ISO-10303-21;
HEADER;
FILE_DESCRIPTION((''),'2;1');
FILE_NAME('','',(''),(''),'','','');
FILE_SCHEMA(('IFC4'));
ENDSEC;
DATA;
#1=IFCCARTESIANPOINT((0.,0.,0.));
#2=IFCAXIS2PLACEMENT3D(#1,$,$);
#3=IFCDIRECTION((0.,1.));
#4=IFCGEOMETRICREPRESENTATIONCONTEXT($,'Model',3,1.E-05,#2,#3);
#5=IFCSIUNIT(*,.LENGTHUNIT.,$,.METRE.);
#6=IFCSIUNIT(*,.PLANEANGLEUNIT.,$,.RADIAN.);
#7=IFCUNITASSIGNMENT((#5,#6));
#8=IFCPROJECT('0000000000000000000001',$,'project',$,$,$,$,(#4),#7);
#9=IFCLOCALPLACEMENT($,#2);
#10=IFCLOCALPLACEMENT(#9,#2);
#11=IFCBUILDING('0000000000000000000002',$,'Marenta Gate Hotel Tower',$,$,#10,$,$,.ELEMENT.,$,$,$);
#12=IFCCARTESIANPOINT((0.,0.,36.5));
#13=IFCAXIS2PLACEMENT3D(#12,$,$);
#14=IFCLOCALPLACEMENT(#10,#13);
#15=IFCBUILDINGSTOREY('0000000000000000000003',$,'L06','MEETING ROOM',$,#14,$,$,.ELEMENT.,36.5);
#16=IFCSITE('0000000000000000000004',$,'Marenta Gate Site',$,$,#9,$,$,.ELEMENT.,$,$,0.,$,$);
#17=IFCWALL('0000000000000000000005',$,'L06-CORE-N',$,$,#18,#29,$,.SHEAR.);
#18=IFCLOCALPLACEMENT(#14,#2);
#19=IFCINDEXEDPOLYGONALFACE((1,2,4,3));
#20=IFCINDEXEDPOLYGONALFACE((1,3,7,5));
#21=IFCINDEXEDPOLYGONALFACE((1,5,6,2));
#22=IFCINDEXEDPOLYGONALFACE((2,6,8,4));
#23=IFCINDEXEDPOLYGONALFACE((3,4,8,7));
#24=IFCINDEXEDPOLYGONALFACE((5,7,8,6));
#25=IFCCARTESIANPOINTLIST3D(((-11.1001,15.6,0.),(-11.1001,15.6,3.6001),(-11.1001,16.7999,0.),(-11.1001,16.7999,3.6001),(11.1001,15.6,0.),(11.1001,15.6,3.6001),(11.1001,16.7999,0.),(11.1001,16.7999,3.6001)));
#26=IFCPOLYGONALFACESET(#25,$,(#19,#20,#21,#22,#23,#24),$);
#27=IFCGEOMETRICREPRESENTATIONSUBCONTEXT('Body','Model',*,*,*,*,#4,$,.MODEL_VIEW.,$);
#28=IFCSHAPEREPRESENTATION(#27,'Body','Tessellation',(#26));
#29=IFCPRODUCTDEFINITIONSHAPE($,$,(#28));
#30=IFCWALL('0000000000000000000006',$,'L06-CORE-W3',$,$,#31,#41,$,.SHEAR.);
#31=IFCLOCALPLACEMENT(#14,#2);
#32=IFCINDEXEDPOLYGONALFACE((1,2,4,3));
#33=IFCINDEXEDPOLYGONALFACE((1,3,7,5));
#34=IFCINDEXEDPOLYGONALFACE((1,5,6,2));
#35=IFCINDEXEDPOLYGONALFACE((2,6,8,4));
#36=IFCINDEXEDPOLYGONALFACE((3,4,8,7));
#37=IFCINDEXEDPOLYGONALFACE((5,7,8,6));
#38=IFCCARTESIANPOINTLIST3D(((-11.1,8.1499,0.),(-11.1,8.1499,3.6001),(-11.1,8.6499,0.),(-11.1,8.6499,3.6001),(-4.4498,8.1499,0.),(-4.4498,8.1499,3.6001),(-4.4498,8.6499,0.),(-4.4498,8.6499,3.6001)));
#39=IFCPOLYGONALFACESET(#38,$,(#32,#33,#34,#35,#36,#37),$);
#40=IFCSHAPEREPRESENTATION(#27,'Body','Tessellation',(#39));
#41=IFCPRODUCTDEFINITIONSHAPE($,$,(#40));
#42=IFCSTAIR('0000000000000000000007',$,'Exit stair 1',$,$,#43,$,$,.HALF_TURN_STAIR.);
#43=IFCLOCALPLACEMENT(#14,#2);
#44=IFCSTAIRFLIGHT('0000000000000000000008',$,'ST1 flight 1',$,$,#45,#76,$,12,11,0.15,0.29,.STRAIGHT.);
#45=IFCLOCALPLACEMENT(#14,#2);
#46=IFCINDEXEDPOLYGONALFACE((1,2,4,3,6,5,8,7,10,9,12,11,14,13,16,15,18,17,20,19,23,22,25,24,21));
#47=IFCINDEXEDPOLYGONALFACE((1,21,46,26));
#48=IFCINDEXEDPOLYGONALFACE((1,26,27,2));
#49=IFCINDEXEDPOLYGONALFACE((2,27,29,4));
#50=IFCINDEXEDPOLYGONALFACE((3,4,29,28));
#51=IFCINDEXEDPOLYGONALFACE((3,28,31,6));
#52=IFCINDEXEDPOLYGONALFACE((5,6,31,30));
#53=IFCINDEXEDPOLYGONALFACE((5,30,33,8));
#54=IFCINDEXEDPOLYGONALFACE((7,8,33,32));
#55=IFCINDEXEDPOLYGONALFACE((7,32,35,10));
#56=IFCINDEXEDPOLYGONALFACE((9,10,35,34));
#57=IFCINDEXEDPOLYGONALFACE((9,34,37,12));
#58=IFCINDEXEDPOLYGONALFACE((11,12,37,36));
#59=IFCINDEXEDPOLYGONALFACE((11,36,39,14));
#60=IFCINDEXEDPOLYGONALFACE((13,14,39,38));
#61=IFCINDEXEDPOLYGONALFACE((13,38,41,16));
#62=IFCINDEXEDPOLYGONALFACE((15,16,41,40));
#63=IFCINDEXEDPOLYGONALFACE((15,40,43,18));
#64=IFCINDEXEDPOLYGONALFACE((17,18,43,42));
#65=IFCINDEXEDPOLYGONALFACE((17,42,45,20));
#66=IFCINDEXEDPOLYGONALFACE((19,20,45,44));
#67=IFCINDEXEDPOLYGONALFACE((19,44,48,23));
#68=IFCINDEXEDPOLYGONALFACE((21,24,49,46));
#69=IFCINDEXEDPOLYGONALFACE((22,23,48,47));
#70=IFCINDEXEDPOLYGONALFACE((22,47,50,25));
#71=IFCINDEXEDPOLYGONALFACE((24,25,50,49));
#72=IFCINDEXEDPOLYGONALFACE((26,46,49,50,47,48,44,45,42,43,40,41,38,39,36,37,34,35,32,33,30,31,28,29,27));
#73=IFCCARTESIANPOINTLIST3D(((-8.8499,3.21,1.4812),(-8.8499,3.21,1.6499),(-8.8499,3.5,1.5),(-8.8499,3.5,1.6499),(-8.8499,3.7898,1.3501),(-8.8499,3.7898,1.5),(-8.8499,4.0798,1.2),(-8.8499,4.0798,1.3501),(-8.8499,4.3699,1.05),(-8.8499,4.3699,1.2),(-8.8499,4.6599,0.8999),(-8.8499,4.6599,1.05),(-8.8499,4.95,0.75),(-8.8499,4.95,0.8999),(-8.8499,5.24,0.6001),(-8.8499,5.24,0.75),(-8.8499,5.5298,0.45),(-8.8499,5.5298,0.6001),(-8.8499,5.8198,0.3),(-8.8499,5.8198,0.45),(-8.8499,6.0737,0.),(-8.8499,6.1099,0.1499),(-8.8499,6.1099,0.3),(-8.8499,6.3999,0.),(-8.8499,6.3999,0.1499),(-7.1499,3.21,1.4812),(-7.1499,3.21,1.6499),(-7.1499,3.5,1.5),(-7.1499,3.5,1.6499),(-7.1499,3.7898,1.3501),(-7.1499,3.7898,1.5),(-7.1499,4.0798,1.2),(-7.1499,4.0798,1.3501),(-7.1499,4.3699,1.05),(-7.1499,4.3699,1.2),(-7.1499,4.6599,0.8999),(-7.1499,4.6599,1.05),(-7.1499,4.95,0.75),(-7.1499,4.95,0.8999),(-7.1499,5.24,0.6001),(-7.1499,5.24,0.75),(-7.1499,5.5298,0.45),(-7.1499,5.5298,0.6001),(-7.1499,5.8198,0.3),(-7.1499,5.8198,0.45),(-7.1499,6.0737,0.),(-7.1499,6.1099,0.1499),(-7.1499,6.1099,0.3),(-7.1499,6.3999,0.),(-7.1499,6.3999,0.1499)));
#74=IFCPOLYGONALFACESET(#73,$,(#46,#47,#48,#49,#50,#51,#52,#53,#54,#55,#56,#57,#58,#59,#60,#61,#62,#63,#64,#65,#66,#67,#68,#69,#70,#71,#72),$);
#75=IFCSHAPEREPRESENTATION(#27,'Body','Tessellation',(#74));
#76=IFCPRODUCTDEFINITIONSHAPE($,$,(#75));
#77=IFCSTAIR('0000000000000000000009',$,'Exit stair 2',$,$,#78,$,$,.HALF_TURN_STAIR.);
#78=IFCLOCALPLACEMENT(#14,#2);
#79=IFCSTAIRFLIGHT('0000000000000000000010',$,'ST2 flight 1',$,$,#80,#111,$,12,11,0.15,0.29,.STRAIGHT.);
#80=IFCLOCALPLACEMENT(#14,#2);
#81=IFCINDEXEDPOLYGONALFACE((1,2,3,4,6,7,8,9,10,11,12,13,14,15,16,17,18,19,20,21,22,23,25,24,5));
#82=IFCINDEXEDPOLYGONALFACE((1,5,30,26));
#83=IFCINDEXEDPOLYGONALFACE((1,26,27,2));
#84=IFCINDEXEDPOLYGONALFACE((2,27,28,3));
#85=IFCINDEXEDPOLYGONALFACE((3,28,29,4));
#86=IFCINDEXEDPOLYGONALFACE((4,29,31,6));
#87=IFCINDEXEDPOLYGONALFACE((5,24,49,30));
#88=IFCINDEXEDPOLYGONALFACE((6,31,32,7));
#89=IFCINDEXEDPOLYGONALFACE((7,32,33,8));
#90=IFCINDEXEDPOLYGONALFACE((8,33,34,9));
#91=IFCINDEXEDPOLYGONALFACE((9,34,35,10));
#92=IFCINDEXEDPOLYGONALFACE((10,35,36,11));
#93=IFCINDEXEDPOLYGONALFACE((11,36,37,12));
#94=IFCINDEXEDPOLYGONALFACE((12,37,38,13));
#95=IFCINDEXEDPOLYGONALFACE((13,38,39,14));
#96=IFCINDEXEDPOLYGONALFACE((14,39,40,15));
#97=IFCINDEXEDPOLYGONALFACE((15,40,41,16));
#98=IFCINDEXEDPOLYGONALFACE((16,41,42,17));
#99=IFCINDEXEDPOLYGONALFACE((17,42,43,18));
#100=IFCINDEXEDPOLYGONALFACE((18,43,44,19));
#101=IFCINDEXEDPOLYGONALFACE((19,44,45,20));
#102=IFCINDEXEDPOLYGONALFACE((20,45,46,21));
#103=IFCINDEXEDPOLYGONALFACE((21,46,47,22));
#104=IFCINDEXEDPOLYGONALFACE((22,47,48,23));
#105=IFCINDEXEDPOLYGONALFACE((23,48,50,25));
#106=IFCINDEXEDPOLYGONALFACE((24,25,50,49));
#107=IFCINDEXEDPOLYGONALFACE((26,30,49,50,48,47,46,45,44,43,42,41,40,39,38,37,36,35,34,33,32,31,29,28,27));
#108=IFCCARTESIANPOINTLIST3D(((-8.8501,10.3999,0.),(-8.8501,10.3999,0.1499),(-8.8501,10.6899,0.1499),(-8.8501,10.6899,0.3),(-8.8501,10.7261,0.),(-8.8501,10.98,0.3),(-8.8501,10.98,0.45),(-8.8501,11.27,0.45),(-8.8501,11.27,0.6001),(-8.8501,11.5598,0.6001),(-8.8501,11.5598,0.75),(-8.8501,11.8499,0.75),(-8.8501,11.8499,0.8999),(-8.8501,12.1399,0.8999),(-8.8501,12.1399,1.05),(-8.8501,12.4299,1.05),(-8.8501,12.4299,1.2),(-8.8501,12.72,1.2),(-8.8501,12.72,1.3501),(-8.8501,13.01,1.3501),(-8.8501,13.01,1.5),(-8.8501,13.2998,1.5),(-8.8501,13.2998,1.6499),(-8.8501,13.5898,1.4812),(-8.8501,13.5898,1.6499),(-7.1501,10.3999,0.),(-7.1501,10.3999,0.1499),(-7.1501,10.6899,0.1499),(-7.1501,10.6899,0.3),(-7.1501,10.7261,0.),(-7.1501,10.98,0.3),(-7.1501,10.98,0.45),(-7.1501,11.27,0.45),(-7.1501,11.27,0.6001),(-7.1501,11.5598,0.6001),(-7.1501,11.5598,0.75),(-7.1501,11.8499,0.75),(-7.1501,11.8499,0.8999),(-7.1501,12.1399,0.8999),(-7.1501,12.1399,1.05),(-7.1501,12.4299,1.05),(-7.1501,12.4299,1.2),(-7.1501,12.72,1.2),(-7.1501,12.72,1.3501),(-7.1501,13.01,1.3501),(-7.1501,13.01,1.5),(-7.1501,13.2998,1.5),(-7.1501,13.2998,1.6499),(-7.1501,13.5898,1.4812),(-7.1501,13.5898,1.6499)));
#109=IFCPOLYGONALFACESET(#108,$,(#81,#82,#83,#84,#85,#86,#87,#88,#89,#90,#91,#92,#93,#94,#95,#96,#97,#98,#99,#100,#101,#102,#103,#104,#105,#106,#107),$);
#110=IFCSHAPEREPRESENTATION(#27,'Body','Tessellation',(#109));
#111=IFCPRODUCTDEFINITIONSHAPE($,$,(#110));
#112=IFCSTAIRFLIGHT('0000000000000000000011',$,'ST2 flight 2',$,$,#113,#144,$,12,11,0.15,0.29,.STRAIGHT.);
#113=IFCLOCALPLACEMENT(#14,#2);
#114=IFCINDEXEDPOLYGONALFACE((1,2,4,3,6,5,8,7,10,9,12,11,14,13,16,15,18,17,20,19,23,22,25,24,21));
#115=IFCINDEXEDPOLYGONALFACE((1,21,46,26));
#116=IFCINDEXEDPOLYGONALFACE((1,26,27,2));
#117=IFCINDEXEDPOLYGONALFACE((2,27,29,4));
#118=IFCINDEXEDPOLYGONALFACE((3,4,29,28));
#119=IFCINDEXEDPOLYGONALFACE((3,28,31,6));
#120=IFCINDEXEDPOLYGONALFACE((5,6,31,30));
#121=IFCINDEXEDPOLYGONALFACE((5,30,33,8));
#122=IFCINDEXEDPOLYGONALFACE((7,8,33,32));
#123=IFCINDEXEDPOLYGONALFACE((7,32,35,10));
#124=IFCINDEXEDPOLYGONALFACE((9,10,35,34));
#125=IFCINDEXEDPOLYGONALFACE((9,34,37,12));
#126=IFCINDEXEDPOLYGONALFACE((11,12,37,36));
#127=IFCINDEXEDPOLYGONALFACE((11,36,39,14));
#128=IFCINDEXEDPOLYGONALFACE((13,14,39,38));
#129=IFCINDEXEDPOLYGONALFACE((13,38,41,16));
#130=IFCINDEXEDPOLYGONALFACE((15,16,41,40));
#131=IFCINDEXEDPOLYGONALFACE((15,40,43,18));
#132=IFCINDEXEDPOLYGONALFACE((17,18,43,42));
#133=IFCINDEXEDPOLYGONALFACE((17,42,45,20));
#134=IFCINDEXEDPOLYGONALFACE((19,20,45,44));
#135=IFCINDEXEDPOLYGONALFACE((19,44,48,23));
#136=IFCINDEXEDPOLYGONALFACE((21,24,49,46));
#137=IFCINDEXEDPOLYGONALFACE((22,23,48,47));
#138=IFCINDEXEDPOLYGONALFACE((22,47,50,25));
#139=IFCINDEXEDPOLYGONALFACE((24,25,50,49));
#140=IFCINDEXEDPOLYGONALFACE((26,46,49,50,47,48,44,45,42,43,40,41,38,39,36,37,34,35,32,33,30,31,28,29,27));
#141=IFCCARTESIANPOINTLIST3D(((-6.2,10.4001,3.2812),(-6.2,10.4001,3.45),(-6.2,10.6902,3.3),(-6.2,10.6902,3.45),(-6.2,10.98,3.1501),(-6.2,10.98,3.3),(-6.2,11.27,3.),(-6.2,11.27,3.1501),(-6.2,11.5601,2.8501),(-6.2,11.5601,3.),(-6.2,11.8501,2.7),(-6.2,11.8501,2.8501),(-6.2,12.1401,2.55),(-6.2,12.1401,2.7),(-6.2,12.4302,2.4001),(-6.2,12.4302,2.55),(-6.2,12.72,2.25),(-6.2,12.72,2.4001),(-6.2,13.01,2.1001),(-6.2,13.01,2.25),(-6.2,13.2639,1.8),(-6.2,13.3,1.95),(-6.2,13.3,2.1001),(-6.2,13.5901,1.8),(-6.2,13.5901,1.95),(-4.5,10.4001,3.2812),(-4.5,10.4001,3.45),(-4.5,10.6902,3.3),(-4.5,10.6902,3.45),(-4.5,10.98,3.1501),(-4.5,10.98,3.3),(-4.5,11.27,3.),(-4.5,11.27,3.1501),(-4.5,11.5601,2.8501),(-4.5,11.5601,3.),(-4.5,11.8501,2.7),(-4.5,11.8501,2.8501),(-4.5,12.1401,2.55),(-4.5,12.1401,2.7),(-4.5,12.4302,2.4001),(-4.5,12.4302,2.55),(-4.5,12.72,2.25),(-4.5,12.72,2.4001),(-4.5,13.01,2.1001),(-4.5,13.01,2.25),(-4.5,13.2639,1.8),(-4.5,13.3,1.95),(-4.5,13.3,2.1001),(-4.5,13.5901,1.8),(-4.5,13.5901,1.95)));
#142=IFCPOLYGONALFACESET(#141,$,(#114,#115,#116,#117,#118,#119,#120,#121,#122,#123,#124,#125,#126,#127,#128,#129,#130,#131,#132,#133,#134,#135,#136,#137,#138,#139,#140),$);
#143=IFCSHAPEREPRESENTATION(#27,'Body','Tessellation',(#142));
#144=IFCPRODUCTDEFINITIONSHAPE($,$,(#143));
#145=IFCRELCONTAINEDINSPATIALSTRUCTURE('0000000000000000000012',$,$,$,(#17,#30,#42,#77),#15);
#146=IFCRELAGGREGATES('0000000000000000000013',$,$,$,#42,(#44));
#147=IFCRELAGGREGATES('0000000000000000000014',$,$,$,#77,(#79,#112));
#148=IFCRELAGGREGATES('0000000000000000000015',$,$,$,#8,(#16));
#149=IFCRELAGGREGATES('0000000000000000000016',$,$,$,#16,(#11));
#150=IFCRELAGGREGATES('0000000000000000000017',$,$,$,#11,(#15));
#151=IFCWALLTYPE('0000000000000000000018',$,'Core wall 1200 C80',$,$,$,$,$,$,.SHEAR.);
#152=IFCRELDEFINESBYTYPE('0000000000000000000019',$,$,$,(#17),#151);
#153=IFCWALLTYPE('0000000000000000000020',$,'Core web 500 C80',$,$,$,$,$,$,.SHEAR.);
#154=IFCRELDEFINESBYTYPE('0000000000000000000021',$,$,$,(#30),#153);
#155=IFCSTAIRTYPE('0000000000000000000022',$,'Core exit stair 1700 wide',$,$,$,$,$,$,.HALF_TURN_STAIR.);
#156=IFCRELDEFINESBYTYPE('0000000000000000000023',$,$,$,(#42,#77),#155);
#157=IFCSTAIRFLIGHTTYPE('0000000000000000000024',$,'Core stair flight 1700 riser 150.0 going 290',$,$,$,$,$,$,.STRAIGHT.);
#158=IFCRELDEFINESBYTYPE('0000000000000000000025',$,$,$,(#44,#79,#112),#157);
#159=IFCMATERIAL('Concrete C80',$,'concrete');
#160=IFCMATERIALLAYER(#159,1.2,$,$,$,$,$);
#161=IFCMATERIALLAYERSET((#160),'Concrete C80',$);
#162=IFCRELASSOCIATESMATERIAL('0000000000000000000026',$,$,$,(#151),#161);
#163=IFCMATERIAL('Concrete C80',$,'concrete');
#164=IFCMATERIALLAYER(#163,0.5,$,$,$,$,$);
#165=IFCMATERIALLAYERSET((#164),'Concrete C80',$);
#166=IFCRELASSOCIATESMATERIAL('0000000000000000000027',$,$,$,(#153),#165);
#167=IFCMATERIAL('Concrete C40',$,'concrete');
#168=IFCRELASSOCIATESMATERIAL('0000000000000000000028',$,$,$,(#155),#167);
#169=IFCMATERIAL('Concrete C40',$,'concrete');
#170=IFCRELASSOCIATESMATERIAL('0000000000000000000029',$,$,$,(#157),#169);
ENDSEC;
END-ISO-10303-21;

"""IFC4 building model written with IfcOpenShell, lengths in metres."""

from ifc_helpers import new_model, si_unit, direction, frame, frame_2d, origin, place, context, subcontext, project, spatial, polyline, rectangle, outline, extrude, material, layer, layer_set, type_object, element, aggregate, save


model = new_model("IFC4")

# Units and contexts
model_context = context("Model", 3, precision=1e-05, world=origin(), true_north=direction((0.0, 1.0)))
body_context = subcontext(model_context, "Body", "Model", "MODEL_VIEW")
ifc_project = project(units=[si_unit("LENGTHUNIT", "METRE"), si_unit("PLANEANGLEUNIT", "RADIAN")], contexts=[model_context])

# Site, building, storey
site_placement = place(None, origin())
site = spatial("IfcSite", under=ifc_project, at=site_placement, Name="Marenta Gate Site", CompositionType="ELEMENT", RefElevation=0.0)
building_placement = place(site_placement, origin())
building = spatial("IfcBuilding", under=site, at=building_placement, Name="Marenta Gate Hotel Tower", CompositionType="ELEMENT")
storey_placement = place(building_placement, frame((0.0, 0.0, 36.5)))
storey = spatial("IfcBuildingStorey", under=building, at=storey_placement, Name="L06", Description="MEETING ROOM", CompositionType="ELEMENT", Elevation=36.5)

# Walls
ifc_material_1 = material(Name="Concrete C80", Category="concrete")
ifc_layer_1 = layer(ifc_material_1, 1.2)
ifc_layer_set_1 = layer_set([ifc_layer_1], Name="Concrete C80")
wall_type_1 = type_object("IfcWallType", Name="Core wall 1200 C80", PredefinedType="SHEAR", material=ifc_layer_set_1)
wall_1_placement = place(storey_placement, frame((-11.1001, 16.2, 0.0), z_axis=(0.0, 0.0, 1.0), x_axis=(1.0, 0.0, 0.0)))
element("IfcWall", 1, at=wall_1_placement, inside=storey, type_object=wall_type_1, Name="L06-CORE-N", PredefinedType="SHEAR", context=body_context, shape_type="SweptSolid", body=[
    extrude(rectangle(XDim=22.2002, YDim=1.2, at=frame_2d((11.1001, 0.0))), origin(), (0.0, 0.0, 1.0), 3.6001),
])
ifc_material_2 = material(Name="Concrete C80", Category="concrete")
ifc_layer_2 = layer(ifc_material_2, 0.5)
ifc_layer_set_2 = layer_set([ifc_layer_2], Name="Concrete C80")
wall_type_2 = type_object("IfcWallType", Name="Core web 500 C80", PredefinedType="SHEAR", material=ifc_layer_set_2)
wall_2_placement = place(storey_placement, frame((-11.1001, 8.3999, 0.0), z_axis=(0.0, 0.0, 1.0), x_axis=(1.0, 0.0, 0.0)))
element("IfcWall", 2, at=wall_2_placement, inside=storey, type_object=wall_type_2, Name="L06-CORE-W3", PredefinedType="SHEAR", context=body_context, shape_type="SweptSolid", body=[
    extrude(rectangle(XDim=6.6501, YDim=0.5, at=frame_2d((3.3252, 0.0))), origin(), (0.0, 0.0, 1.0), 3.6001),
])

# Stair, stair flight
ifc_material_3 = material(Name="Concrete C40", Category="concrete")
stair_type = type_object("IfcStairType", Name="Core exit stair 1700 wide", PredefinedType="HALF_TURN_STAIR", material=ifc_material_3)
stair_1_placement = place(storey_placement, origin())
stair_1 = element("IfcStair", 3, at=stair_1_placement, inside=storey, type_object=stair_type, Name="Exit stair 1", PredefinedType="HALF_TURN_STAIR")
ifc_material_4 = material(Name="Concrete C40", Category="concrete")
stair_flight_type = type_object("IfcStairFlightType", Name="Core stair flight 1700 riser 150.0 going 290", PredefinedType="STRAIGHT", material=ifc_material_4)
stair_flight_1_placement = place(storey_placement, frame((-8.0, 6.3999, 0.0), z_axis=(0.0, 0.0, 1.0), x_axis=(0.0, -1.0, 0.0)))
stair_flight_1 = element("IfcStairFlight", 4, at=stair_flight_1_placement, type_object=stair_flight_type, Name="ST1 flight 1", NumberOfRisers=12, NumberOfTreads=11, PredefinedType="STRAIGHT", RiserHeight=0.15, TreadLength=0.29, context=body_context, shape_type="SweptSolid", body=[
    extrude(outline(polyline([(0.0, 0.0), (0.0, 0.1499), (0.29, 0.1499), (0.29, 0.3), (0.5801, 0.3), (0.5801, 0.45), (0.8701, 0.45), (0.8701, 0.6001), (1.1599, 0.6001), (1.1599, 0.75), (1.45, 0.75), (1.45, 0.8999), (1.74, 0.8999), (1.74, 1.05), (2.03, 1.05), (2.03, 1.2), (2.3201, 1.2), (2.3201, 1.3501), (2.6101, 1.3501), (2.6101, 1.5), (2.8999, 1.5), (2.8999, 1.6499), (3.1899, 1.6499), (3.1899, 1.8), (3.1899, 1.4812), (0.3262, 0.0), (0.0, 0.0)])), frame((0.0, 0.8501, 0.0), z_axis=(0.0, -1.0, 0.0), x_axis=(1.0, 0.0, 0.0)), (0.0, 0.0, 1.0), 1.7),
])
aggregate(stair_1, [stair_flight_1])

# Stair, stair flights
stair_2_placement = place(storey_placement, origin())
stair_2 = element("IfcStair", 5, at=stair_2_placement, inside=storey, type_object=stair_type, Name="Exit stair 2", PredefinedType="HALF_TURN_STAIR")
stair_flight_2_placement = place(storey_placement, frame((-8.0, 10.3999, 0.0), z_axis=(0.0, 0.0, 1.0), x_axis=(0.0, 1.0, 0.0)))
stair_flight_2 = element("IfcStairFlight", 6, at=stair_flight_2_placement, type_object=stair_flight_type, Name="ST2 flight 1", NumberOfRisers=12, NumberOfTreads=11, PredefinedType="STRAIGHT", RiserHeight=0.15, TreadLength=0.29, context=body_context, shape_type="SweptSolid", body=[
    extrude(outline(polyline([(0.0, 0.0), (0.0, 0.1499), (0.29, 0.1499), (0.29, 0.3), (0.5801, 0.3), (0.5801, 0.45), (0.8701, 0.45), (0.8701, 0.6001), (1.1599, 0.6001), (1.1599, 0.75), (1.45, 0.75), (1.45, 0.8999), (1.74, 0.8999), (1.74, 1.05), (2.03, 1.05), (2.03, 1.2), (2.3201, 1.2), (2.3201, 1.3501), (2.6101, 1.3501), (2.6101, 1.5), (2.8999, 1.5), (2.8999, 1.6499), (3.1899, 1.6499), (3.1899, 1.8), (3.1899, 1.4812), (0.3262, 0.0), (0.0, 0.0)])), frame((0.0, 0.8501, 0.0), z_axis=(0.0, -1.0, 0.0), x_axis=(1.0, 0.0, 0.0)), (0.0, 0.0, 1.0), 1.7),
])
stair_flight_3_placement = place(storey_placement, frame((-5.3501, 13.5901, 1.8), z_axis=(0.0, 0.0, 1.0), x_axis=(0.0, -1.0, 0.0)))
stair_flight_3 = element("IfcStairFlight", 7, at=stair_flight_3_placement, type_object=stair_flight_type, Name="ST2 flight 2", NumberOfRisers=12, NumberOfTreads=11, PredefinedType="STRAIGHT", RiserHeight=0.15, TreadLength=0.29, context=body_context, shape_type="SweptSolid", body=[
    extrude(outline(polyline([(0.0, 0.0), (0.0, 0.1499), (0.29, 0.1499), (0.29, 0.3), (0.5801, 0.3), (0.5801, 0.45), (0.8701, 0.45), (0.8701, 0.6001), (1.1599, 0.6001), (1.1599, 0.75), (1.45, 0.75), (1.45, 0.8999), (1.74, 0.8999), (1.74, 1.05), (2.03, 1.05), (2.03, 1.2), (2.3201, 1.2), (2.3201, 1.3501), (2.6101, 1.3501), (2.6101, 1.5), (2.8999, 1.5), (2.8999, 1.6499), (3.1899, 1.6499), (3.1899, 1.8), (3.1899, 1.4812), (0.3262, 0.0), (0.0, 0.0)])), frame((0.0, 0.8501, 0.0), z_axis=(0.0, -1.0, 0.0), x_axis=(1.0, 0.0, 0.0)), (0.0, 0.0, 1.0), 1.7),
])
aggregate(stair_2, [stair_flight_2, stair_flight_3])

save(model, "model.ifc")
